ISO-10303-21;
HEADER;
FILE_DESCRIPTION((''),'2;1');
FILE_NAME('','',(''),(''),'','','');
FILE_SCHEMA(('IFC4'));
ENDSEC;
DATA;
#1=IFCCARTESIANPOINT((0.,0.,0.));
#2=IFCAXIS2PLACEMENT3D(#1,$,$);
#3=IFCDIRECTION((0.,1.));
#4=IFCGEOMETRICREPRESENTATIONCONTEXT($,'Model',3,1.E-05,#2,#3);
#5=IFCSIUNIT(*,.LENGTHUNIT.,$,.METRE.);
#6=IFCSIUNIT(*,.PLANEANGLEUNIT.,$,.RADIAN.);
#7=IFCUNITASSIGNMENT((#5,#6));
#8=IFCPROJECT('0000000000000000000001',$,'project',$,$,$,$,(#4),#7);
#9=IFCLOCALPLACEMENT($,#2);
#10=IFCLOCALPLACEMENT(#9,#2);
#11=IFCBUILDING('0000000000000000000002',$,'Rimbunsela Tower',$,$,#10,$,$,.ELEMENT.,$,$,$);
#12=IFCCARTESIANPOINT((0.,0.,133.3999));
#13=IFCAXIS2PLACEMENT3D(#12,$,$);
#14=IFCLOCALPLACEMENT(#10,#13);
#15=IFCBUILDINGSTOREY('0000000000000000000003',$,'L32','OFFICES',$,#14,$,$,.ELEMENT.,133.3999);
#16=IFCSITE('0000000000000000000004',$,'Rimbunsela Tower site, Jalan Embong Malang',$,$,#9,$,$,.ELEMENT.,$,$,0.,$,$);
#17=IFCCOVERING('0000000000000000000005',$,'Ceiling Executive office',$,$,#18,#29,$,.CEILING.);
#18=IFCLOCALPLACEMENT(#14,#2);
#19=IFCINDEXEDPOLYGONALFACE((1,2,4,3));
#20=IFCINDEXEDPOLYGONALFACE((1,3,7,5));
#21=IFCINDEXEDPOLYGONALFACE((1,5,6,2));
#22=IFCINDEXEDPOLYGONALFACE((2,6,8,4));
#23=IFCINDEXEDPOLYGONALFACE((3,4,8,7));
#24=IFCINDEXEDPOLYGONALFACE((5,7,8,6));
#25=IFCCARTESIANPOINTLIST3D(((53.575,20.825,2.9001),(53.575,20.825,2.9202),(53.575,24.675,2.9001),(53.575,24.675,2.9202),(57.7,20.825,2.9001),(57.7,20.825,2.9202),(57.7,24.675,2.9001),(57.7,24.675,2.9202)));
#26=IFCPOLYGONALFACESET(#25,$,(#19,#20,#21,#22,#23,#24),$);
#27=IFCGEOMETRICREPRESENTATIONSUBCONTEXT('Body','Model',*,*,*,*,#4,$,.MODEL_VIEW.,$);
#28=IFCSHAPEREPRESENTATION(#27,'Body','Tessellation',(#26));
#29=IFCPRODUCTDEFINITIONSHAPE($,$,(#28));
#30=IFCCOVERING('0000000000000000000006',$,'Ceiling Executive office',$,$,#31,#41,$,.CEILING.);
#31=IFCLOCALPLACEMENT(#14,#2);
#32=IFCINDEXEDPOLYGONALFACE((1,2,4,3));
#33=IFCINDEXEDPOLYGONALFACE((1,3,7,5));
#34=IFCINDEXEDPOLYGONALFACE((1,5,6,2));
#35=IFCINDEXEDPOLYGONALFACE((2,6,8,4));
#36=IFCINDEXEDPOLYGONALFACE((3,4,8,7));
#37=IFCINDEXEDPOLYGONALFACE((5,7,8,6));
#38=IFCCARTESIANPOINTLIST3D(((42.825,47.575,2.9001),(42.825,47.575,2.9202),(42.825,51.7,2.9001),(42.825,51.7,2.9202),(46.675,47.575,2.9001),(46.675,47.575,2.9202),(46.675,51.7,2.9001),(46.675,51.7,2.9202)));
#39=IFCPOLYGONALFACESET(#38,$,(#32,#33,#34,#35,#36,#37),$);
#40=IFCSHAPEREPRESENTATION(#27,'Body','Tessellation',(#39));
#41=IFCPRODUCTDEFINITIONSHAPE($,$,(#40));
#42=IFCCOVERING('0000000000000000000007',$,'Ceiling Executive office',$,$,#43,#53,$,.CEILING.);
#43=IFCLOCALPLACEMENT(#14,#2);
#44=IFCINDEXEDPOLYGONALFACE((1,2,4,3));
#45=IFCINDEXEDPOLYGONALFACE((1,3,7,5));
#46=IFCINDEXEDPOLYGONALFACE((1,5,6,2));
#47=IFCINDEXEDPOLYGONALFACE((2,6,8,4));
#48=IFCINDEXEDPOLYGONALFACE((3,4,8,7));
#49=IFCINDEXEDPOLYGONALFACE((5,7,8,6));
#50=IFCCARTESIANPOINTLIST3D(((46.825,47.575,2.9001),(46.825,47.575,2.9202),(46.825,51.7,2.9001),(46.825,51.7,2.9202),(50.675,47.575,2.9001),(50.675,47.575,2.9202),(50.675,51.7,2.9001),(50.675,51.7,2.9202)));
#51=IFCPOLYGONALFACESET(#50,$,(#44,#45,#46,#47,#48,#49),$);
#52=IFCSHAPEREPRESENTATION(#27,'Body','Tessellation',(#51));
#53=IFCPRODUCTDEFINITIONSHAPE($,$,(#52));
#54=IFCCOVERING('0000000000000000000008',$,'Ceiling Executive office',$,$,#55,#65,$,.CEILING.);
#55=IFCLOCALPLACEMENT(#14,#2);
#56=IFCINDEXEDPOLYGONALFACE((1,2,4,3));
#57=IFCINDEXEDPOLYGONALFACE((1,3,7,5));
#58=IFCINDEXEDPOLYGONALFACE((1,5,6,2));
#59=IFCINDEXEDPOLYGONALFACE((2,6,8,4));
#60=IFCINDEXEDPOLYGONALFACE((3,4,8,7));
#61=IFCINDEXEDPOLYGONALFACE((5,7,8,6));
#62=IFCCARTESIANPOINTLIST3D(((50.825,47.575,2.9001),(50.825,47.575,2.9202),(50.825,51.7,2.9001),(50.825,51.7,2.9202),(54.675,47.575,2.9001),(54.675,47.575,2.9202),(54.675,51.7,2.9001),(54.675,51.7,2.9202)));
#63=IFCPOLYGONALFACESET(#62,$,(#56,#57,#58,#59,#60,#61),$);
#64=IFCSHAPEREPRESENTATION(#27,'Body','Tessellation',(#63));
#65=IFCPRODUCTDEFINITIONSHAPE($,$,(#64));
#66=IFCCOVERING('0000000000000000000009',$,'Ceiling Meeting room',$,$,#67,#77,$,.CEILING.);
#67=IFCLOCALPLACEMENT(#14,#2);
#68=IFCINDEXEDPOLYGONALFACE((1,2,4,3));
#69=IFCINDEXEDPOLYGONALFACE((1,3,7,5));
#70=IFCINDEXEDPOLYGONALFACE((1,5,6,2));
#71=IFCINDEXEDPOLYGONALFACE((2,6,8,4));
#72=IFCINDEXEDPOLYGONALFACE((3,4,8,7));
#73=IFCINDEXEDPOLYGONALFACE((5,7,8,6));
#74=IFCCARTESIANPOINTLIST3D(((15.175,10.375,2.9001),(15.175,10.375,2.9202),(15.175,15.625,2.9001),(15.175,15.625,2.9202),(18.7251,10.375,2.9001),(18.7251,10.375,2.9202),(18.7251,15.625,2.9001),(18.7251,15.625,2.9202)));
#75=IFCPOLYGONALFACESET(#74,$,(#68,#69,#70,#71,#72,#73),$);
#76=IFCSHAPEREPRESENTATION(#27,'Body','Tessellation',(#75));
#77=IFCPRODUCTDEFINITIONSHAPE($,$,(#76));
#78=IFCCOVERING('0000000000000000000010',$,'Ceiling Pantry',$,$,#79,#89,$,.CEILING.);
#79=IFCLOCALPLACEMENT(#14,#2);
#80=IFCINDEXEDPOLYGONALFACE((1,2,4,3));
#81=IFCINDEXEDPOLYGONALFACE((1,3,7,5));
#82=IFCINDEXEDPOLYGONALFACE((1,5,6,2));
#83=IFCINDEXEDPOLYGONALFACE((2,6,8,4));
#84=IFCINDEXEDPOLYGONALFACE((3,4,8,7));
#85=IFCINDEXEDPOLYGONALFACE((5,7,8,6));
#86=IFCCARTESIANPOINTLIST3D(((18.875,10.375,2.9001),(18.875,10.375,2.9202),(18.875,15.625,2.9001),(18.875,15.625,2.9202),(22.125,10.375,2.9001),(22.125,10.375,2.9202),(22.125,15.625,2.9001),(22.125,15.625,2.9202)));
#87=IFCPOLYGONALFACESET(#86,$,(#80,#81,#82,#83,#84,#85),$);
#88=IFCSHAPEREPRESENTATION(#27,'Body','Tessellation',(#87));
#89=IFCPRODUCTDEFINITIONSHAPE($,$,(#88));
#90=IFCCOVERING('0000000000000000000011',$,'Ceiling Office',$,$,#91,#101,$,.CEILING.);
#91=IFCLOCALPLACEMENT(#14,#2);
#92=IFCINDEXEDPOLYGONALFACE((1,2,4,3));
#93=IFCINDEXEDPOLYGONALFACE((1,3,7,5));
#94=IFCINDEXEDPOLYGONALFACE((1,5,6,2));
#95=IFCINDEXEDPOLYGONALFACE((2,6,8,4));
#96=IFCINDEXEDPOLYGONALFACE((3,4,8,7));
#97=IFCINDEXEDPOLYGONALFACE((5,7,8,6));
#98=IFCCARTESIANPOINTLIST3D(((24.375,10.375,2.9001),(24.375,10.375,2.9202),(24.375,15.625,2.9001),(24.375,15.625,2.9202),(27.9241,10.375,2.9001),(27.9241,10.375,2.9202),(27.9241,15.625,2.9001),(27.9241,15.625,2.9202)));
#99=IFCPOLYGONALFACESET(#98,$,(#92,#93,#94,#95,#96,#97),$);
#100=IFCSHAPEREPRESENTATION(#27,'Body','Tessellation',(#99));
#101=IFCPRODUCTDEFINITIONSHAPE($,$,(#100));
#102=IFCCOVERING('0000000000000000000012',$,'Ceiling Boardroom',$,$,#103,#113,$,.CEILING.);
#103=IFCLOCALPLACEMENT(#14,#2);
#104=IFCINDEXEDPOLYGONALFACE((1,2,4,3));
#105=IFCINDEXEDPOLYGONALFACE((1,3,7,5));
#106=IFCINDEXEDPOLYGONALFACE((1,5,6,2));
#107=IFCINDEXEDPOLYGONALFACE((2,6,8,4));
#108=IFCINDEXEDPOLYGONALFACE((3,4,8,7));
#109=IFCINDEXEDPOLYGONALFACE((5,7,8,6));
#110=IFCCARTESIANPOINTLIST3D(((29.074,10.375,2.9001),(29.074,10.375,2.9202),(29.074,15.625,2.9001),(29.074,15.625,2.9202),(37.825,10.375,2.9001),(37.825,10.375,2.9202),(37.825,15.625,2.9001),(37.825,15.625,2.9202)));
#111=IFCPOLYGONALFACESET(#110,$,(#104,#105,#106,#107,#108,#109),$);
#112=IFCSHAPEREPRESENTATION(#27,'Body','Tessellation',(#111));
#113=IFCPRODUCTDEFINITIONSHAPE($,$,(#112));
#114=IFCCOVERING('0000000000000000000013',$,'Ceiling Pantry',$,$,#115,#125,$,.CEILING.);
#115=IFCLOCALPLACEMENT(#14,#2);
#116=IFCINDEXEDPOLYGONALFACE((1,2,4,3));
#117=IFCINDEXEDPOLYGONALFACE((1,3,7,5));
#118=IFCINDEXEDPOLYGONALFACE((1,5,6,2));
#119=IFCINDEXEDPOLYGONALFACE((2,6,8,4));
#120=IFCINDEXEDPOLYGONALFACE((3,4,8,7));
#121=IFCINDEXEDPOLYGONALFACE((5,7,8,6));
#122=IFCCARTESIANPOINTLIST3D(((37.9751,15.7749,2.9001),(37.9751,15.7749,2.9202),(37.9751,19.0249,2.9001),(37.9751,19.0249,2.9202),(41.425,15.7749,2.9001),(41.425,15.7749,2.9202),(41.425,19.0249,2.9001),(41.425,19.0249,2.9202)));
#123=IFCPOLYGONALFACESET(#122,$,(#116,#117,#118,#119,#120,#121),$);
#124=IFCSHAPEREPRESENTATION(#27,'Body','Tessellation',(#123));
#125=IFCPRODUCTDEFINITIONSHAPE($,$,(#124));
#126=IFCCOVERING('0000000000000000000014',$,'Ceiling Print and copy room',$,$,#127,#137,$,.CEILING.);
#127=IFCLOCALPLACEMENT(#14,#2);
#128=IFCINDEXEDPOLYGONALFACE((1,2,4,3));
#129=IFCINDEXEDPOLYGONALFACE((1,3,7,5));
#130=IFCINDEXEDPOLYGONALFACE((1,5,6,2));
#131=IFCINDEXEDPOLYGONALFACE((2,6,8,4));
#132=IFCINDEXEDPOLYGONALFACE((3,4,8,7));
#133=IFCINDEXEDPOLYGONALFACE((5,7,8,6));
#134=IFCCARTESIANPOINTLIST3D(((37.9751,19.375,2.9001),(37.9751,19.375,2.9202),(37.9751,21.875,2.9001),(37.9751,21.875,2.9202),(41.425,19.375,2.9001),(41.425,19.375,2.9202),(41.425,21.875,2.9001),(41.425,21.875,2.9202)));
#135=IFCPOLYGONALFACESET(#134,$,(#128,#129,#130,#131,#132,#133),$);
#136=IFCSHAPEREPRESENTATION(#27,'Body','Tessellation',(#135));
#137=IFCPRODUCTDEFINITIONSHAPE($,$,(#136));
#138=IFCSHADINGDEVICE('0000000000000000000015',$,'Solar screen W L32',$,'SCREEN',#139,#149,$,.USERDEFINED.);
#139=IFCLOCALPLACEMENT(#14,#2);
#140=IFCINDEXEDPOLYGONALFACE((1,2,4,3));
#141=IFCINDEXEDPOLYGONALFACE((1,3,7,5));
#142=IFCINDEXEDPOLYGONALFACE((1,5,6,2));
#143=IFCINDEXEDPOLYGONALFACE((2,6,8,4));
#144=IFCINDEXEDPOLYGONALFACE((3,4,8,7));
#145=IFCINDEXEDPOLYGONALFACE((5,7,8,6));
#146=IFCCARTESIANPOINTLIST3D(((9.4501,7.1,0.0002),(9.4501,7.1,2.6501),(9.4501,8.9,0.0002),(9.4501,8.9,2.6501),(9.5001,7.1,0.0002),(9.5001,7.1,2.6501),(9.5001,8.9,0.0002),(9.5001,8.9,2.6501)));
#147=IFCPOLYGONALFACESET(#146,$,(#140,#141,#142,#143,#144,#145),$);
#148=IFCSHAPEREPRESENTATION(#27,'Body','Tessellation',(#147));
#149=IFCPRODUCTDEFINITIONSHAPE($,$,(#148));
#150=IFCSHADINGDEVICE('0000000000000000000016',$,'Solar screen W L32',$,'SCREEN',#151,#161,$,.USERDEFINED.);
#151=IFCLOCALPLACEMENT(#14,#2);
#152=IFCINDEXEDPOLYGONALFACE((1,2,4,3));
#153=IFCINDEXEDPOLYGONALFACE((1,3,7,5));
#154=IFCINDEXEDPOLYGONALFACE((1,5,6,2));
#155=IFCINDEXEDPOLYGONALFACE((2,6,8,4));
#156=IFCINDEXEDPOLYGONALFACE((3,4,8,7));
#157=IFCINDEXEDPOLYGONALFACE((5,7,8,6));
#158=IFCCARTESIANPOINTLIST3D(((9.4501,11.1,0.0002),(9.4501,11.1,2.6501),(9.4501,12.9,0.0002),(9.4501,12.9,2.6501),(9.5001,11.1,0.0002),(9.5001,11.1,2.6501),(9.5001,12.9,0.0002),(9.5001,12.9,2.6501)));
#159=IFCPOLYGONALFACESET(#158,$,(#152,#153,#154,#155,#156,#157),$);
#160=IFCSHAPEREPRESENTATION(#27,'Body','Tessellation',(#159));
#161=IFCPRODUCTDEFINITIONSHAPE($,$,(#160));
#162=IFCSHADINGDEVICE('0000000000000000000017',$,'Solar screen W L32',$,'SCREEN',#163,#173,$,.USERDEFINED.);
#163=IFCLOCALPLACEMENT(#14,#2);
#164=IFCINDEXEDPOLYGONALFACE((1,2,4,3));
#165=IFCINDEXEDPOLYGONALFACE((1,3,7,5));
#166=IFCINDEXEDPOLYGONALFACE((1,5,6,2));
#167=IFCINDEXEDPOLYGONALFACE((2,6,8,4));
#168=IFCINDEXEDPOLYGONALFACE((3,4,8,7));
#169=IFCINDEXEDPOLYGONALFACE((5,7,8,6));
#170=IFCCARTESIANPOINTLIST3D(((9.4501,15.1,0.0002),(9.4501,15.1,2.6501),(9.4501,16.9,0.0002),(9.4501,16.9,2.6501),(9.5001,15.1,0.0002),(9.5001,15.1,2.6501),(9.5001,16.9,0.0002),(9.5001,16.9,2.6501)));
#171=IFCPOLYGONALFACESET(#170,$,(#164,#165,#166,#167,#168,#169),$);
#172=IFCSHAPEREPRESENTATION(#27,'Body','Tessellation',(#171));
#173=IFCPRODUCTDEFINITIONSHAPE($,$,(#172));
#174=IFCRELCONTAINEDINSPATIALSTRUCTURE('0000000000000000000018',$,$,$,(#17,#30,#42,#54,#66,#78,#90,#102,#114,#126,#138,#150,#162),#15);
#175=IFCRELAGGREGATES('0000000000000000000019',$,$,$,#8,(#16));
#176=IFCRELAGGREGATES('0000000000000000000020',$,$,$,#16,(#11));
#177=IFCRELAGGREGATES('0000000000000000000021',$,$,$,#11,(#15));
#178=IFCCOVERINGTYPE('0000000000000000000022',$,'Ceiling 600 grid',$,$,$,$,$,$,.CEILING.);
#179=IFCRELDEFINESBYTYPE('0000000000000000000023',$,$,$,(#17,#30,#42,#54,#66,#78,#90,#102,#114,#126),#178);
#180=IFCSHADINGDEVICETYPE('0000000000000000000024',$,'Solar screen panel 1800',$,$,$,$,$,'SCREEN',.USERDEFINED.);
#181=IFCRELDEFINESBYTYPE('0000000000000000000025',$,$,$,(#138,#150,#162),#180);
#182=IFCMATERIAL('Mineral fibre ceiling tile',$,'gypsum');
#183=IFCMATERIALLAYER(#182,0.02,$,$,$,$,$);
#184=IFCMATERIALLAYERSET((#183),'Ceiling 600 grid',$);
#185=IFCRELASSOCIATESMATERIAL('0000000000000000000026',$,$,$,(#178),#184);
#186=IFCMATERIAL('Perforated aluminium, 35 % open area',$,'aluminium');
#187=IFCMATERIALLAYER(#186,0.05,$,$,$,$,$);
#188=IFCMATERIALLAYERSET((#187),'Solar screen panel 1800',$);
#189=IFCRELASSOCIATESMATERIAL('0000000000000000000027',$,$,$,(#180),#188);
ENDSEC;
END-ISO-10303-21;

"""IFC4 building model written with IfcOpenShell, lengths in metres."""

from ifc_helpers import new_model, si_unit, direction, frame, origin, origin_2d, place, context, subcontext, project, spatial, polyline, rectangle, outline, extrude, material, layer, layer_set, type_object, element, save


model = new_model("IFC4")

# Units and contexts
model_context = context("Model", 3, precision=1e-05, world=origin(), true_north=direction((0.0, 1.0)))
body_context = subcontext(model_context, "Body", "Model", "MODEL_VIEW")
ifc_project = project(units=[si_unit("LENGTHUNIT", "METRE"), si_unit("PLANEANGLEUNIT", "RADIAN")], contexts=[model_context])

# Site, building, storey
site_placement = place(None, origin())
site = spatial("IfcSite", under=ifc_project, at=site_placement, Name="Rimbunsela Tower site, Jalan Embong Malang", CompositionType="ELEMENT", RefElevation=0.0)
building_placement = place(site_placement, origin())
building = spatial("IfcBuilding", under=site, at=building_placement, Name="Rimbunsela Tower", CompositionType="ELEMENT")
storey_placement = place(building_placement, frame((0.0, 0.0, 133.3999)))
storey = spatial("IfcBuildingStorey", under=building, at=storey_placement, Name="L32", Description="OFFICES", CompositionType="ELEMENT", Elevation=133.3999)

# Coverings
ifc_material_1 = material(Name="Mineral fibre ceiling tile", Category="gypsum")
ifc_layer_1 = layer(ifc_material_1, 0.02)
ifc_layer_set_1 = layer_set([ifc_layer_1], Name="Ceiling 600 grid")
covering_type_1 = type_object("IfcCoveringType", Name="Ceiling 600 grid", PredefinedType="CEILING", material=ifc_layer_set_1)
covering_1_placement = place(storey_placement, frame((0.0, 0.0, 2.9001)))
element("IfcCovering", 1, at=covering_1_placement, inside=storey, type_object=covering_type_1, Name="Ceiling Executive office", PredefinedType="CEILING", context=body_context, shape_type="SweptSolid", body=[
    extrude(outline(polyline([(57.7, 20.825), (57.7, 24.675), (53.575, 24.675), (53.575, 20.825), (57.7, 20.825)])), origin(), (0.0, 0.0, 1.0), 0.02),
])
covering_2_placement = place(storey_placement, frame((0.0, 0.0, 2.9001)))
element("IfcCovering", 2, at=covering_2_placement, inside=storey, type_object=covering_type_1, Name="Ceiling Executive office", PredefinedType="CEILING", context=body_context, shape_type="SweptSolid", body=[
    extrude(outline(polyline([(46.675, 47.575), (46.675, 51.7), (42.825, 51.7), (42.825, 47.575), (46.675, 47.575)])), origin(), (0.0, 0.0, 1.0), 0.02),
])
covering_3_placement = place(storey_placement, frame((0.0, 0.0, 2.9001)))
element("IfcCovering", 3, at=covering_3_placement, inside=storey, type_object=covering_type_1, Name="Ceiling Executive office", PredefinedType="CEILING", context=body_context, shape_type="SweptSolid", body=[
    extrude(outline(polyline([(50.675, 47.575), (50.675, 51.7), (46.825, 51.7), (46.825, 47.575), (50.675, 47.575)])), origin(), (0.0, 0.0, 1.0), 0.02),
])
covering_4_placement = place(storey_placement, frame((0.0, 0.0, 2.9001)))
element("IfcCovering", 4, at=covering_4_placement, inside=storey, type_object=covering_type_1, Name="Ceiling Executive office", PredefinedType="CEILING", context=body_context, shape_type="SweptSolid", body=[
    extrude(outline(polyline([(54.675, 47.575), (54.675, 51.7), (50.825, 51.7), (50.825, 47.575), (54.675, 47.575)])), origin(), (0.0, 0.0, 1.0), 0.02),
])
covering_5_placement = place(storey_placement, frame((0.0, 0.0, 2.9001)))
element("IfcCovering", 5, at=covering_5_placement, inside=storey, type_object=covering_type_1, Name="Ceiling Meeting room", PredefinedType="CEILING", context=body_context, shape_type="SweptSolid", body=[
    extrude(outline(polyline([(18.7251, 10.375), (18.7251, 15.625), (15.175, 15.625), (15.175, 10.375), (18.7251, 10.375)])), origin(), (0.0, 0.0, 1.0), 0.02),
])
covering_6_placement = place(storey_placement, frame((0.0, 0.0, 2.9001)))
element("IfcCovering", 6, at=covering_6_placement, inside=storey, type_object=covering_type_1, Name="Ceiling Pantry", PredefinedType="CEILING", context=body_context, shape_type="SweptSolid", body=[
    extrude(outline(polyline([(22.125, 10.375), (22.125, 15.625), (18.875, 15.625), (18.875, 10.375), (22.125, 10.375)])), origin(), (0.0, 0.0, 1.0), 0.02),
])
covering_7_placement = place(storey_placement, frame((0.0, 0.0, 2.9001)))
element("IfcCovering", 7, at=covering_7_placement, inside=storey, type_object=covering_type_1, Name="Ceiling Office", PredefinedType="CEILING", context=body_context, shape_type="SweptSolid", body=[
    extrude(outline(polyline([(27.9241, 10.375), (27.9241, 15.625), (24.375, 15.625), (24.375, 10.375), (27.9241, 10.375)])), origin(), (0.0, 0.0, 1.0), 0.02),
])
covering_8_placement = place(storey_placement, frame((0.0, 0.0, 2.9001)))
element("IfcCovering", 8, at=covering_8_placement, inside=storey, type_object=covering_type_1, Name="Ceiling Boardroom", PredefinedType="CEILING", context=body_context, shape_type="SweptSolid", body=[
    extrude(outline(polyline([(37.825, 10.375), (37.825, 15.625), (29.074, 15.625), (29.074, 10.375), (37.825, 10.375)])), origin(), (0.0, 0.0, 1.0), 0.02),
])
covering_9_placement = place(storey_placement, frame((0.0, 0.0, 2.9001)))
element("IfcCovering", 9, at=covering_9_placement, inside=storey, type_object=covering_type_1, Name="Ceiling Pantry", PredefinedType="CEILING", context=body_context, shape_type="SweptSolid", body=[
    extrude(outline(polyline([(41.425, 15.7749), (41.425, 19.0249), (37.9751, 19.0249), (37.9751, 15.7749), (41.425, 15.7749)])), origin(), (0.0, 0.0, 1.0), 0.02),
])
covering_10_placement = place(storey_placement, frame((0.0, 0.0, 2.9001)))
element("IfcCovering", 10, at=covering_10_placement, inside=storey, type_object=covering_type_1, Name="Ceiling Print and copy room", PredefinedType="CEILING", context=body_context, shape_type="SweptSolid", body=[
    extrude(outline(polyline([(41.425, 19.375), (41.425, 21.875), (37.9751, 21.875), (37.9751, 19.375), (41.425, 19.375)])), origin(), (0.0, 0.0, 1.0), 0.02),
])

# Shading devices
ifc_material_2 = material(Name="Perforated aluminium, 35 % open area", Category="aluminium")
ifc_layer_2 = layer(ifc_material_2, 0.05)
ifc_layer_set_2 = layer_set([ifc_layer_2], Name="Solar screen panel 1800")
shading_device_type = type_object("IfcShadingDeviceType", Name="Solar screen panel 1800", ElementType="SCREEN", PredefinedType="USERDEFINED", material=ifc_layer_set_2)
for number, where, z_axis, x_axis, name in (
    (11, (9.4751, 8.0, 0.0002), (0.0, 0.0, 1.0), (0.0, 1.0, 0.0), "Solar screen W L32"),
    (12, (9.4751, 12.0, 0.0002), (0.0, 0.0, 1.0), (0.0, 1.0, 0.0), "Solar screen W L32"),
    (13, (9.4751, 16.0, 0.0002), (0.0, 0.0, 1.0), (0.0, 1.0, 0.0), "Solar screen W L32"),
):
    element("IfcShadingDevice", number, at=place(storey_placement, frame(where, z_axis=z_axis, x_axis=x_axis)), inside=storey, type_object=shading_device_type, Name=name, ObjectType="SCREEN", PredefinedType="USERDEFINED", context=body_context, shape_type="SweptSolid", body=[
        extrude(rectangle(XDim=1.8, YDim=0.05, at=origin_2d()), origin(), (0.0, 0.0, 1.0), 2.6499),
    ])

save(model, "model.ifc")
